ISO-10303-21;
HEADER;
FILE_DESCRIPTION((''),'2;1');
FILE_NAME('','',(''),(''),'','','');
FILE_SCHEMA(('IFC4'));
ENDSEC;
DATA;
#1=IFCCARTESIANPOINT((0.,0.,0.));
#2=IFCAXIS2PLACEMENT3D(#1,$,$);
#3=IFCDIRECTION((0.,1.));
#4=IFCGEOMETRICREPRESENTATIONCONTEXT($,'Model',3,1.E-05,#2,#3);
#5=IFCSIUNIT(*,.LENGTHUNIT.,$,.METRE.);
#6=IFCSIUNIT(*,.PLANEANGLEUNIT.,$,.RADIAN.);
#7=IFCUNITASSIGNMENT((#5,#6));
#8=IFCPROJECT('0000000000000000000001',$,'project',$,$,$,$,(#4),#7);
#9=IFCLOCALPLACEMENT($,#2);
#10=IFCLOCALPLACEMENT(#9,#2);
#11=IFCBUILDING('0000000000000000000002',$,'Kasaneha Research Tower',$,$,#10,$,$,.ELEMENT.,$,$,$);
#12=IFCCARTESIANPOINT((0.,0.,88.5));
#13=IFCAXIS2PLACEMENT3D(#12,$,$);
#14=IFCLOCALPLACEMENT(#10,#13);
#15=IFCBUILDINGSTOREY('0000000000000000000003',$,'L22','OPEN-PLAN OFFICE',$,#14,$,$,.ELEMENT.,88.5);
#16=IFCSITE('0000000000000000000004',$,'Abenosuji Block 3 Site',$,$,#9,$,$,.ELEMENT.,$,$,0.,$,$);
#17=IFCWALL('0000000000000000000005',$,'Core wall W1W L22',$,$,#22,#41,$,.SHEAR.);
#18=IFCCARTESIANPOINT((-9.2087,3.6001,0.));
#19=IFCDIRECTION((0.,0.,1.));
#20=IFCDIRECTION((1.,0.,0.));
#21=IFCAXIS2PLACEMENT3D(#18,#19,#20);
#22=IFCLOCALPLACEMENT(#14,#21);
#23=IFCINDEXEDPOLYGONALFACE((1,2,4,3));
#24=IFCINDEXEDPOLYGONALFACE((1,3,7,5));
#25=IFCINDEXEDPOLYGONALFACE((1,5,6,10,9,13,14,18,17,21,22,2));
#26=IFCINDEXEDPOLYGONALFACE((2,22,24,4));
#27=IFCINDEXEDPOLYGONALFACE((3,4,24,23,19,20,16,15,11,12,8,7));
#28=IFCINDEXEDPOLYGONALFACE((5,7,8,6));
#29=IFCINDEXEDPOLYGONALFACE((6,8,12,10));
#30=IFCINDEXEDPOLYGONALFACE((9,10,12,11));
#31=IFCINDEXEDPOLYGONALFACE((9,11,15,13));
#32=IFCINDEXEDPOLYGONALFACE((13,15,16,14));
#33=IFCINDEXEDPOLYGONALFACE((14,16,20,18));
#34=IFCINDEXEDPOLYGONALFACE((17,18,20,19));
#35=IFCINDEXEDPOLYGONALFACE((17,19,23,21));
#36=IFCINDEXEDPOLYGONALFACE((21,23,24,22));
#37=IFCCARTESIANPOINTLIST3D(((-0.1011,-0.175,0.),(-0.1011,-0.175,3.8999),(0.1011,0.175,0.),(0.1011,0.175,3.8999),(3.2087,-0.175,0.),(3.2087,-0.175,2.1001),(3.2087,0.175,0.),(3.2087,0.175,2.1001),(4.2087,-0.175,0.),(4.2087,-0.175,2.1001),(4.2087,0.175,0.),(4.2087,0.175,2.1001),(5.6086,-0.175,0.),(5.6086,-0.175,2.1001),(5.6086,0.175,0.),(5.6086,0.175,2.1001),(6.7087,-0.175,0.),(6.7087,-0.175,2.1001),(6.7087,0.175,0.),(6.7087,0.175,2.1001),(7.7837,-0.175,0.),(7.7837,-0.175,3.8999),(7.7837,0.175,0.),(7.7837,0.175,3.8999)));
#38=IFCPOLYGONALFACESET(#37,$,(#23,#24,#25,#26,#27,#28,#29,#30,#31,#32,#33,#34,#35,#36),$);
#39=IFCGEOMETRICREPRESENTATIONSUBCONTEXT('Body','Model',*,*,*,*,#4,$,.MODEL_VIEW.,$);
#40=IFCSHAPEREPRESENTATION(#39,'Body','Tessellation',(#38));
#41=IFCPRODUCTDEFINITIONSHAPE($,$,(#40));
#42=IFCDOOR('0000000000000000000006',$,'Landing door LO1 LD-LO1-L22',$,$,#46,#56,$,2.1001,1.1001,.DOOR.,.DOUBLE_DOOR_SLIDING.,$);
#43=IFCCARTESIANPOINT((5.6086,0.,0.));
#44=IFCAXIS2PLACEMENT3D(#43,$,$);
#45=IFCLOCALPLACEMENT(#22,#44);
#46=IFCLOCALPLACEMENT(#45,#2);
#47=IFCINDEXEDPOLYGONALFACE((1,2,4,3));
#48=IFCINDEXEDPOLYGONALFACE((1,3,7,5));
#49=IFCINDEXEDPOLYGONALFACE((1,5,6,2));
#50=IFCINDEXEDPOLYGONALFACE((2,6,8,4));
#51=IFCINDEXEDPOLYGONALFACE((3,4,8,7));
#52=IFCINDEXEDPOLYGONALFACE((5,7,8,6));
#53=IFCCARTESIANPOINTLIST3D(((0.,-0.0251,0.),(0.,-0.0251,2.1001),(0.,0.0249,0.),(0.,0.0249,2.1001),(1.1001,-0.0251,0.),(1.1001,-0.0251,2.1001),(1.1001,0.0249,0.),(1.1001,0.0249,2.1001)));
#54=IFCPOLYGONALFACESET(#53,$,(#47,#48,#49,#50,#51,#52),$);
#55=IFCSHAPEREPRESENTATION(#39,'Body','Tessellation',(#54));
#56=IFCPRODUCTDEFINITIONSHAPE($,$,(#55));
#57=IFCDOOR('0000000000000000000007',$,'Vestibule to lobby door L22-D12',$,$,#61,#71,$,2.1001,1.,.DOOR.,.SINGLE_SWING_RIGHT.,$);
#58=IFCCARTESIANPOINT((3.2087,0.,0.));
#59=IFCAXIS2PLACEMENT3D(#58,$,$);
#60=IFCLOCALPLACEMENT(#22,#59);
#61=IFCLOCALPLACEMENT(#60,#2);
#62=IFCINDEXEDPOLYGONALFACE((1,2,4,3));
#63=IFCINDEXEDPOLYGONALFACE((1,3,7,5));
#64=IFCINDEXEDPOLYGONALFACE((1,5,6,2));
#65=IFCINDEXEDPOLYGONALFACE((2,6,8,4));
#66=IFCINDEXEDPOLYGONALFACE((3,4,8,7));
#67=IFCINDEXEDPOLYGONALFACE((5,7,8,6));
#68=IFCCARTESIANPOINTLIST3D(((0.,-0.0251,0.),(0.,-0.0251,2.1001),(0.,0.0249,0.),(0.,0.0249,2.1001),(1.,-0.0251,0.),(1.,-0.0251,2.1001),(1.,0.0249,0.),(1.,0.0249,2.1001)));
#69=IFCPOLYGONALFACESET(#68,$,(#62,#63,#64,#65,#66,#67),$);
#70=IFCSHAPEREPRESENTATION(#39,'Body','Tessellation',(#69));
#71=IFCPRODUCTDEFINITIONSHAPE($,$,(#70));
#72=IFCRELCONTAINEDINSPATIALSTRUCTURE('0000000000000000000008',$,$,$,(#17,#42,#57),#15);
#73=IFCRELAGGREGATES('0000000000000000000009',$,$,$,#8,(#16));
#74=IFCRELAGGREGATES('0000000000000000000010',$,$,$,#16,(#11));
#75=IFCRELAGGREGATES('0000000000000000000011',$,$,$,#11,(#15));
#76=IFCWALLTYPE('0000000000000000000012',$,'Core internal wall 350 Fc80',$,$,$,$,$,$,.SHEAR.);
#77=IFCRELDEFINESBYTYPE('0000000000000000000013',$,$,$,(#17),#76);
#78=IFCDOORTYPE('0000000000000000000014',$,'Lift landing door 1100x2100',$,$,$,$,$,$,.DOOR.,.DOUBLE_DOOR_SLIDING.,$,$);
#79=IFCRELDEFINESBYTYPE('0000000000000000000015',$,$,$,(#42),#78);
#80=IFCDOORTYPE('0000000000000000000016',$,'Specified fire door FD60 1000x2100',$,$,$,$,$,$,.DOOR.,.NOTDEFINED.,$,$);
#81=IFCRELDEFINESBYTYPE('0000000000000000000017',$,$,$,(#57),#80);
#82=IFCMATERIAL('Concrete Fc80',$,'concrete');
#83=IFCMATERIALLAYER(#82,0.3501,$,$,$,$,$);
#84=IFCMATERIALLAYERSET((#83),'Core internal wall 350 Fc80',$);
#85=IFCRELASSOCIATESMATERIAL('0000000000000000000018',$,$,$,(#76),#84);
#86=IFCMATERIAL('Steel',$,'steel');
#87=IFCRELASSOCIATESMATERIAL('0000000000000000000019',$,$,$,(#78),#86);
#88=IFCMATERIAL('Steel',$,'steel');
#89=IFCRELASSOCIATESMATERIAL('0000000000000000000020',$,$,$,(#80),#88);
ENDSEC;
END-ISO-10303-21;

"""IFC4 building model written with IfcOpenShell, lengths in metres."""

from ifc_helpers import new_model, si_unit, direction, frame, frame_2d, origin, place, context, subcontext, project, spatial, polyline, rectangle, outline, extrude, material, layer, layer_set, type_object, element, fill, save


model = new_model("IFC4")

# Units and contexts
model_context = context("Model", 3, precision=1e-05, world=origin(), true_north=direction((0.0, 1.0)))
body_context = subcontext(model_context, "Body", "Model", "MODEL_VIEW")
ifc_project = project(units=[si_unit("LENGTHUNIT", "METRE"), si_unit("PLANEANGLEUNIT", "RADIAN")], contexts=[model_context])

# Site, building, storey
site_placement = place(None, origin())
site = spatial("IfcSite", under=ifc_project, at=site_placement, Name="Abenosuji Block 3 Site", CompositionType="ELEMENT", RefElevation=0.0)
building_placement = place(site_placement, origin())
building = spatial("IfcBuilding", under=site, at=building_placement, Name="Kasaneha Research Tower", CompositionType="ELEMENT")
storey_placement = place(building_placement, frame((0.0, 0.0, 88.5)))
storey = spatial("IfcBuildingStorey", under=building, at=storey_placement, Name="L22", Description="OPEN-PLAN OFFICE", CompositionType="ELEMENT", Elevation=88.5)

# Wall, openings, doors
ifc_material_1 = material(Name="Concrete Fc80", Category="concrete")
ifc_layer_1 = layer(ifc_material_1, 0.3501)
ifc_layer_set_1 = layer_set([ifc_layer_1], Name="Core internal wall 350 Fc80")
wall_type_1 = type_object("IfcWallType", Name="Core internal wall 350 Fc80", PredefinedType="SHEAR", material=ifc_layer_set_1)
wall_1_placement = place(storey_placement, frame((-9.2087, 3.6001, 0.0), z_axis=(0.0, 0.0, 1.0), x_axis=(1.0, 0.0, 0.0)))
wall_1 = element("IfcWall", 1, at=wall_1_placement, inside=storey, type_object=wall_type_1, Name="Core wall W1W L22", PredefinedType="SHEAR", context=body_context, shape_type="SweptSolid", body=[
    extrude(outline(polyline([(-0.1011, -0.175), (3.2087, -0.175), (4.2087, -0.175), (5.6086, -0.175), (6.7087, -0.175), (7.7837, -0.175), (7.7837, 0.175), (6.7087, 0.175), (5.6086, 0.175), (4.2087, 0.175), (3.2087, 0.175), (0.1011, 0.175), (-0.1011, -0.175)])), origin(), (0.0, 0.0, 1.0), 3.8999),
])
opening_1_placement = place(wall_1_placement, frame((3.2087, 0.0, 0.0)))
opening_1 = element("IfcOpeningElement", 2, at=opening_1_placement, cuts=wall_1, PredefinedType="OPENING", context=body_context, shape_type="SweptSolid", body=[
    extrude(rectangle(XDim=1.0, YDim=2.1001, at=frame_2d((0.5, 1.05))), frame((0.0, 0.1851, 0.0), z_axis=(0.0, -1.0, 0.0), x_axis=(1.0, 0.0, 0.0)), (0.0, 0.0, 1.0), 0.3701),
])
opening_2_placement = place(wall_1_placement, frame((5.6086, 0.0, 0.0)))
opening_2 = element("IfcOpeningElement", 3, at=opening_2_placement, cuts=wall_1, PredefinedType="OPENING", context=body_context, shape_type="SweptSolid", body=[
    extrude(rectangle(XDim=1.1001, YDim=2.1001, at=frame_2d((0.55, 1.05))), frame((0.0, 0.1851, 0.0), z_axis=(0.0, -1.0, 0.0), x_axis=(1.0, 0.0, 0.0)), (0.0, 0.0, 1.0), 0.3701),
])
ifc_material_2 = material(Name="Steel", Category="steel")
door_type_1 = type_object("IfcDoorType", Name="Lift landing door 1100x2100", OperationType="DOUBLE_DOOR_SLIDING", PredefinedType="DOOR", material=ifc_material_2)
door_1_placement = place(opening_2_placement, origin())
door_1 = element("IfcDoor", 4, at=door_1_placement, inside=storey, type_object=door_type_1, Name="Landing door LO1 LD-LO1-L22", OperationType="DOUBLE_DOOR_SLIDING", OverallHeight=2.1001, OverallWidth=1.1001, PredefinedType="DOOR", context=body_context, shape_type="SweptSolid", body=[
    extrude(rectangle(XDim=1.1001, YDim=2.1001, at=frame_2d((0.55, 1.05))), frame((0.0, 0.0249, 0.0), z_axis=(0.0, -1.0, 0.0), x_axis=(1.0, 0.0, 0.0)), (0.0, 0.0, 1.0), 0.05),
])
fill(opening_2, door_1)
ifc_material_3 = material(Name="Steel", Category="steel")
door_type_2 = type_object("IfcDoorType", Name="Specified fire door FD60 1000x2100", OperationType="NOTDEFINED", PredefinedType="DOOR", material=ifc_material_3)
door_2_placement = place(opening_1_placement, origin())
door_2 = element("IfcDoor", 5, at=door_2_placement, inside=storey, type_object=door_type_2, Name="Vestibule to lobby door L22-D12", OperationType="SINGLE_SWING_RIGHT", OverallHeight=2.1001, OverallWidth=1.0, PredefinedType="DOOR", context=body_context, shape_type="SweptSolid", body=[
    extrude(rectangle(XDim=1.0, YDim=2.1001, at=frame_2d((0.5, 1.05))), frame((0.0, 0.0249, 0.0), z_axis=(0.0, -1.0, 0.0), x_axis=(1.0, 0.0, 0.0)), (0.0, 0.0, 1.0), 0.05),
])
fill(opening_1, door_2)

save(model, "model.ifc")
